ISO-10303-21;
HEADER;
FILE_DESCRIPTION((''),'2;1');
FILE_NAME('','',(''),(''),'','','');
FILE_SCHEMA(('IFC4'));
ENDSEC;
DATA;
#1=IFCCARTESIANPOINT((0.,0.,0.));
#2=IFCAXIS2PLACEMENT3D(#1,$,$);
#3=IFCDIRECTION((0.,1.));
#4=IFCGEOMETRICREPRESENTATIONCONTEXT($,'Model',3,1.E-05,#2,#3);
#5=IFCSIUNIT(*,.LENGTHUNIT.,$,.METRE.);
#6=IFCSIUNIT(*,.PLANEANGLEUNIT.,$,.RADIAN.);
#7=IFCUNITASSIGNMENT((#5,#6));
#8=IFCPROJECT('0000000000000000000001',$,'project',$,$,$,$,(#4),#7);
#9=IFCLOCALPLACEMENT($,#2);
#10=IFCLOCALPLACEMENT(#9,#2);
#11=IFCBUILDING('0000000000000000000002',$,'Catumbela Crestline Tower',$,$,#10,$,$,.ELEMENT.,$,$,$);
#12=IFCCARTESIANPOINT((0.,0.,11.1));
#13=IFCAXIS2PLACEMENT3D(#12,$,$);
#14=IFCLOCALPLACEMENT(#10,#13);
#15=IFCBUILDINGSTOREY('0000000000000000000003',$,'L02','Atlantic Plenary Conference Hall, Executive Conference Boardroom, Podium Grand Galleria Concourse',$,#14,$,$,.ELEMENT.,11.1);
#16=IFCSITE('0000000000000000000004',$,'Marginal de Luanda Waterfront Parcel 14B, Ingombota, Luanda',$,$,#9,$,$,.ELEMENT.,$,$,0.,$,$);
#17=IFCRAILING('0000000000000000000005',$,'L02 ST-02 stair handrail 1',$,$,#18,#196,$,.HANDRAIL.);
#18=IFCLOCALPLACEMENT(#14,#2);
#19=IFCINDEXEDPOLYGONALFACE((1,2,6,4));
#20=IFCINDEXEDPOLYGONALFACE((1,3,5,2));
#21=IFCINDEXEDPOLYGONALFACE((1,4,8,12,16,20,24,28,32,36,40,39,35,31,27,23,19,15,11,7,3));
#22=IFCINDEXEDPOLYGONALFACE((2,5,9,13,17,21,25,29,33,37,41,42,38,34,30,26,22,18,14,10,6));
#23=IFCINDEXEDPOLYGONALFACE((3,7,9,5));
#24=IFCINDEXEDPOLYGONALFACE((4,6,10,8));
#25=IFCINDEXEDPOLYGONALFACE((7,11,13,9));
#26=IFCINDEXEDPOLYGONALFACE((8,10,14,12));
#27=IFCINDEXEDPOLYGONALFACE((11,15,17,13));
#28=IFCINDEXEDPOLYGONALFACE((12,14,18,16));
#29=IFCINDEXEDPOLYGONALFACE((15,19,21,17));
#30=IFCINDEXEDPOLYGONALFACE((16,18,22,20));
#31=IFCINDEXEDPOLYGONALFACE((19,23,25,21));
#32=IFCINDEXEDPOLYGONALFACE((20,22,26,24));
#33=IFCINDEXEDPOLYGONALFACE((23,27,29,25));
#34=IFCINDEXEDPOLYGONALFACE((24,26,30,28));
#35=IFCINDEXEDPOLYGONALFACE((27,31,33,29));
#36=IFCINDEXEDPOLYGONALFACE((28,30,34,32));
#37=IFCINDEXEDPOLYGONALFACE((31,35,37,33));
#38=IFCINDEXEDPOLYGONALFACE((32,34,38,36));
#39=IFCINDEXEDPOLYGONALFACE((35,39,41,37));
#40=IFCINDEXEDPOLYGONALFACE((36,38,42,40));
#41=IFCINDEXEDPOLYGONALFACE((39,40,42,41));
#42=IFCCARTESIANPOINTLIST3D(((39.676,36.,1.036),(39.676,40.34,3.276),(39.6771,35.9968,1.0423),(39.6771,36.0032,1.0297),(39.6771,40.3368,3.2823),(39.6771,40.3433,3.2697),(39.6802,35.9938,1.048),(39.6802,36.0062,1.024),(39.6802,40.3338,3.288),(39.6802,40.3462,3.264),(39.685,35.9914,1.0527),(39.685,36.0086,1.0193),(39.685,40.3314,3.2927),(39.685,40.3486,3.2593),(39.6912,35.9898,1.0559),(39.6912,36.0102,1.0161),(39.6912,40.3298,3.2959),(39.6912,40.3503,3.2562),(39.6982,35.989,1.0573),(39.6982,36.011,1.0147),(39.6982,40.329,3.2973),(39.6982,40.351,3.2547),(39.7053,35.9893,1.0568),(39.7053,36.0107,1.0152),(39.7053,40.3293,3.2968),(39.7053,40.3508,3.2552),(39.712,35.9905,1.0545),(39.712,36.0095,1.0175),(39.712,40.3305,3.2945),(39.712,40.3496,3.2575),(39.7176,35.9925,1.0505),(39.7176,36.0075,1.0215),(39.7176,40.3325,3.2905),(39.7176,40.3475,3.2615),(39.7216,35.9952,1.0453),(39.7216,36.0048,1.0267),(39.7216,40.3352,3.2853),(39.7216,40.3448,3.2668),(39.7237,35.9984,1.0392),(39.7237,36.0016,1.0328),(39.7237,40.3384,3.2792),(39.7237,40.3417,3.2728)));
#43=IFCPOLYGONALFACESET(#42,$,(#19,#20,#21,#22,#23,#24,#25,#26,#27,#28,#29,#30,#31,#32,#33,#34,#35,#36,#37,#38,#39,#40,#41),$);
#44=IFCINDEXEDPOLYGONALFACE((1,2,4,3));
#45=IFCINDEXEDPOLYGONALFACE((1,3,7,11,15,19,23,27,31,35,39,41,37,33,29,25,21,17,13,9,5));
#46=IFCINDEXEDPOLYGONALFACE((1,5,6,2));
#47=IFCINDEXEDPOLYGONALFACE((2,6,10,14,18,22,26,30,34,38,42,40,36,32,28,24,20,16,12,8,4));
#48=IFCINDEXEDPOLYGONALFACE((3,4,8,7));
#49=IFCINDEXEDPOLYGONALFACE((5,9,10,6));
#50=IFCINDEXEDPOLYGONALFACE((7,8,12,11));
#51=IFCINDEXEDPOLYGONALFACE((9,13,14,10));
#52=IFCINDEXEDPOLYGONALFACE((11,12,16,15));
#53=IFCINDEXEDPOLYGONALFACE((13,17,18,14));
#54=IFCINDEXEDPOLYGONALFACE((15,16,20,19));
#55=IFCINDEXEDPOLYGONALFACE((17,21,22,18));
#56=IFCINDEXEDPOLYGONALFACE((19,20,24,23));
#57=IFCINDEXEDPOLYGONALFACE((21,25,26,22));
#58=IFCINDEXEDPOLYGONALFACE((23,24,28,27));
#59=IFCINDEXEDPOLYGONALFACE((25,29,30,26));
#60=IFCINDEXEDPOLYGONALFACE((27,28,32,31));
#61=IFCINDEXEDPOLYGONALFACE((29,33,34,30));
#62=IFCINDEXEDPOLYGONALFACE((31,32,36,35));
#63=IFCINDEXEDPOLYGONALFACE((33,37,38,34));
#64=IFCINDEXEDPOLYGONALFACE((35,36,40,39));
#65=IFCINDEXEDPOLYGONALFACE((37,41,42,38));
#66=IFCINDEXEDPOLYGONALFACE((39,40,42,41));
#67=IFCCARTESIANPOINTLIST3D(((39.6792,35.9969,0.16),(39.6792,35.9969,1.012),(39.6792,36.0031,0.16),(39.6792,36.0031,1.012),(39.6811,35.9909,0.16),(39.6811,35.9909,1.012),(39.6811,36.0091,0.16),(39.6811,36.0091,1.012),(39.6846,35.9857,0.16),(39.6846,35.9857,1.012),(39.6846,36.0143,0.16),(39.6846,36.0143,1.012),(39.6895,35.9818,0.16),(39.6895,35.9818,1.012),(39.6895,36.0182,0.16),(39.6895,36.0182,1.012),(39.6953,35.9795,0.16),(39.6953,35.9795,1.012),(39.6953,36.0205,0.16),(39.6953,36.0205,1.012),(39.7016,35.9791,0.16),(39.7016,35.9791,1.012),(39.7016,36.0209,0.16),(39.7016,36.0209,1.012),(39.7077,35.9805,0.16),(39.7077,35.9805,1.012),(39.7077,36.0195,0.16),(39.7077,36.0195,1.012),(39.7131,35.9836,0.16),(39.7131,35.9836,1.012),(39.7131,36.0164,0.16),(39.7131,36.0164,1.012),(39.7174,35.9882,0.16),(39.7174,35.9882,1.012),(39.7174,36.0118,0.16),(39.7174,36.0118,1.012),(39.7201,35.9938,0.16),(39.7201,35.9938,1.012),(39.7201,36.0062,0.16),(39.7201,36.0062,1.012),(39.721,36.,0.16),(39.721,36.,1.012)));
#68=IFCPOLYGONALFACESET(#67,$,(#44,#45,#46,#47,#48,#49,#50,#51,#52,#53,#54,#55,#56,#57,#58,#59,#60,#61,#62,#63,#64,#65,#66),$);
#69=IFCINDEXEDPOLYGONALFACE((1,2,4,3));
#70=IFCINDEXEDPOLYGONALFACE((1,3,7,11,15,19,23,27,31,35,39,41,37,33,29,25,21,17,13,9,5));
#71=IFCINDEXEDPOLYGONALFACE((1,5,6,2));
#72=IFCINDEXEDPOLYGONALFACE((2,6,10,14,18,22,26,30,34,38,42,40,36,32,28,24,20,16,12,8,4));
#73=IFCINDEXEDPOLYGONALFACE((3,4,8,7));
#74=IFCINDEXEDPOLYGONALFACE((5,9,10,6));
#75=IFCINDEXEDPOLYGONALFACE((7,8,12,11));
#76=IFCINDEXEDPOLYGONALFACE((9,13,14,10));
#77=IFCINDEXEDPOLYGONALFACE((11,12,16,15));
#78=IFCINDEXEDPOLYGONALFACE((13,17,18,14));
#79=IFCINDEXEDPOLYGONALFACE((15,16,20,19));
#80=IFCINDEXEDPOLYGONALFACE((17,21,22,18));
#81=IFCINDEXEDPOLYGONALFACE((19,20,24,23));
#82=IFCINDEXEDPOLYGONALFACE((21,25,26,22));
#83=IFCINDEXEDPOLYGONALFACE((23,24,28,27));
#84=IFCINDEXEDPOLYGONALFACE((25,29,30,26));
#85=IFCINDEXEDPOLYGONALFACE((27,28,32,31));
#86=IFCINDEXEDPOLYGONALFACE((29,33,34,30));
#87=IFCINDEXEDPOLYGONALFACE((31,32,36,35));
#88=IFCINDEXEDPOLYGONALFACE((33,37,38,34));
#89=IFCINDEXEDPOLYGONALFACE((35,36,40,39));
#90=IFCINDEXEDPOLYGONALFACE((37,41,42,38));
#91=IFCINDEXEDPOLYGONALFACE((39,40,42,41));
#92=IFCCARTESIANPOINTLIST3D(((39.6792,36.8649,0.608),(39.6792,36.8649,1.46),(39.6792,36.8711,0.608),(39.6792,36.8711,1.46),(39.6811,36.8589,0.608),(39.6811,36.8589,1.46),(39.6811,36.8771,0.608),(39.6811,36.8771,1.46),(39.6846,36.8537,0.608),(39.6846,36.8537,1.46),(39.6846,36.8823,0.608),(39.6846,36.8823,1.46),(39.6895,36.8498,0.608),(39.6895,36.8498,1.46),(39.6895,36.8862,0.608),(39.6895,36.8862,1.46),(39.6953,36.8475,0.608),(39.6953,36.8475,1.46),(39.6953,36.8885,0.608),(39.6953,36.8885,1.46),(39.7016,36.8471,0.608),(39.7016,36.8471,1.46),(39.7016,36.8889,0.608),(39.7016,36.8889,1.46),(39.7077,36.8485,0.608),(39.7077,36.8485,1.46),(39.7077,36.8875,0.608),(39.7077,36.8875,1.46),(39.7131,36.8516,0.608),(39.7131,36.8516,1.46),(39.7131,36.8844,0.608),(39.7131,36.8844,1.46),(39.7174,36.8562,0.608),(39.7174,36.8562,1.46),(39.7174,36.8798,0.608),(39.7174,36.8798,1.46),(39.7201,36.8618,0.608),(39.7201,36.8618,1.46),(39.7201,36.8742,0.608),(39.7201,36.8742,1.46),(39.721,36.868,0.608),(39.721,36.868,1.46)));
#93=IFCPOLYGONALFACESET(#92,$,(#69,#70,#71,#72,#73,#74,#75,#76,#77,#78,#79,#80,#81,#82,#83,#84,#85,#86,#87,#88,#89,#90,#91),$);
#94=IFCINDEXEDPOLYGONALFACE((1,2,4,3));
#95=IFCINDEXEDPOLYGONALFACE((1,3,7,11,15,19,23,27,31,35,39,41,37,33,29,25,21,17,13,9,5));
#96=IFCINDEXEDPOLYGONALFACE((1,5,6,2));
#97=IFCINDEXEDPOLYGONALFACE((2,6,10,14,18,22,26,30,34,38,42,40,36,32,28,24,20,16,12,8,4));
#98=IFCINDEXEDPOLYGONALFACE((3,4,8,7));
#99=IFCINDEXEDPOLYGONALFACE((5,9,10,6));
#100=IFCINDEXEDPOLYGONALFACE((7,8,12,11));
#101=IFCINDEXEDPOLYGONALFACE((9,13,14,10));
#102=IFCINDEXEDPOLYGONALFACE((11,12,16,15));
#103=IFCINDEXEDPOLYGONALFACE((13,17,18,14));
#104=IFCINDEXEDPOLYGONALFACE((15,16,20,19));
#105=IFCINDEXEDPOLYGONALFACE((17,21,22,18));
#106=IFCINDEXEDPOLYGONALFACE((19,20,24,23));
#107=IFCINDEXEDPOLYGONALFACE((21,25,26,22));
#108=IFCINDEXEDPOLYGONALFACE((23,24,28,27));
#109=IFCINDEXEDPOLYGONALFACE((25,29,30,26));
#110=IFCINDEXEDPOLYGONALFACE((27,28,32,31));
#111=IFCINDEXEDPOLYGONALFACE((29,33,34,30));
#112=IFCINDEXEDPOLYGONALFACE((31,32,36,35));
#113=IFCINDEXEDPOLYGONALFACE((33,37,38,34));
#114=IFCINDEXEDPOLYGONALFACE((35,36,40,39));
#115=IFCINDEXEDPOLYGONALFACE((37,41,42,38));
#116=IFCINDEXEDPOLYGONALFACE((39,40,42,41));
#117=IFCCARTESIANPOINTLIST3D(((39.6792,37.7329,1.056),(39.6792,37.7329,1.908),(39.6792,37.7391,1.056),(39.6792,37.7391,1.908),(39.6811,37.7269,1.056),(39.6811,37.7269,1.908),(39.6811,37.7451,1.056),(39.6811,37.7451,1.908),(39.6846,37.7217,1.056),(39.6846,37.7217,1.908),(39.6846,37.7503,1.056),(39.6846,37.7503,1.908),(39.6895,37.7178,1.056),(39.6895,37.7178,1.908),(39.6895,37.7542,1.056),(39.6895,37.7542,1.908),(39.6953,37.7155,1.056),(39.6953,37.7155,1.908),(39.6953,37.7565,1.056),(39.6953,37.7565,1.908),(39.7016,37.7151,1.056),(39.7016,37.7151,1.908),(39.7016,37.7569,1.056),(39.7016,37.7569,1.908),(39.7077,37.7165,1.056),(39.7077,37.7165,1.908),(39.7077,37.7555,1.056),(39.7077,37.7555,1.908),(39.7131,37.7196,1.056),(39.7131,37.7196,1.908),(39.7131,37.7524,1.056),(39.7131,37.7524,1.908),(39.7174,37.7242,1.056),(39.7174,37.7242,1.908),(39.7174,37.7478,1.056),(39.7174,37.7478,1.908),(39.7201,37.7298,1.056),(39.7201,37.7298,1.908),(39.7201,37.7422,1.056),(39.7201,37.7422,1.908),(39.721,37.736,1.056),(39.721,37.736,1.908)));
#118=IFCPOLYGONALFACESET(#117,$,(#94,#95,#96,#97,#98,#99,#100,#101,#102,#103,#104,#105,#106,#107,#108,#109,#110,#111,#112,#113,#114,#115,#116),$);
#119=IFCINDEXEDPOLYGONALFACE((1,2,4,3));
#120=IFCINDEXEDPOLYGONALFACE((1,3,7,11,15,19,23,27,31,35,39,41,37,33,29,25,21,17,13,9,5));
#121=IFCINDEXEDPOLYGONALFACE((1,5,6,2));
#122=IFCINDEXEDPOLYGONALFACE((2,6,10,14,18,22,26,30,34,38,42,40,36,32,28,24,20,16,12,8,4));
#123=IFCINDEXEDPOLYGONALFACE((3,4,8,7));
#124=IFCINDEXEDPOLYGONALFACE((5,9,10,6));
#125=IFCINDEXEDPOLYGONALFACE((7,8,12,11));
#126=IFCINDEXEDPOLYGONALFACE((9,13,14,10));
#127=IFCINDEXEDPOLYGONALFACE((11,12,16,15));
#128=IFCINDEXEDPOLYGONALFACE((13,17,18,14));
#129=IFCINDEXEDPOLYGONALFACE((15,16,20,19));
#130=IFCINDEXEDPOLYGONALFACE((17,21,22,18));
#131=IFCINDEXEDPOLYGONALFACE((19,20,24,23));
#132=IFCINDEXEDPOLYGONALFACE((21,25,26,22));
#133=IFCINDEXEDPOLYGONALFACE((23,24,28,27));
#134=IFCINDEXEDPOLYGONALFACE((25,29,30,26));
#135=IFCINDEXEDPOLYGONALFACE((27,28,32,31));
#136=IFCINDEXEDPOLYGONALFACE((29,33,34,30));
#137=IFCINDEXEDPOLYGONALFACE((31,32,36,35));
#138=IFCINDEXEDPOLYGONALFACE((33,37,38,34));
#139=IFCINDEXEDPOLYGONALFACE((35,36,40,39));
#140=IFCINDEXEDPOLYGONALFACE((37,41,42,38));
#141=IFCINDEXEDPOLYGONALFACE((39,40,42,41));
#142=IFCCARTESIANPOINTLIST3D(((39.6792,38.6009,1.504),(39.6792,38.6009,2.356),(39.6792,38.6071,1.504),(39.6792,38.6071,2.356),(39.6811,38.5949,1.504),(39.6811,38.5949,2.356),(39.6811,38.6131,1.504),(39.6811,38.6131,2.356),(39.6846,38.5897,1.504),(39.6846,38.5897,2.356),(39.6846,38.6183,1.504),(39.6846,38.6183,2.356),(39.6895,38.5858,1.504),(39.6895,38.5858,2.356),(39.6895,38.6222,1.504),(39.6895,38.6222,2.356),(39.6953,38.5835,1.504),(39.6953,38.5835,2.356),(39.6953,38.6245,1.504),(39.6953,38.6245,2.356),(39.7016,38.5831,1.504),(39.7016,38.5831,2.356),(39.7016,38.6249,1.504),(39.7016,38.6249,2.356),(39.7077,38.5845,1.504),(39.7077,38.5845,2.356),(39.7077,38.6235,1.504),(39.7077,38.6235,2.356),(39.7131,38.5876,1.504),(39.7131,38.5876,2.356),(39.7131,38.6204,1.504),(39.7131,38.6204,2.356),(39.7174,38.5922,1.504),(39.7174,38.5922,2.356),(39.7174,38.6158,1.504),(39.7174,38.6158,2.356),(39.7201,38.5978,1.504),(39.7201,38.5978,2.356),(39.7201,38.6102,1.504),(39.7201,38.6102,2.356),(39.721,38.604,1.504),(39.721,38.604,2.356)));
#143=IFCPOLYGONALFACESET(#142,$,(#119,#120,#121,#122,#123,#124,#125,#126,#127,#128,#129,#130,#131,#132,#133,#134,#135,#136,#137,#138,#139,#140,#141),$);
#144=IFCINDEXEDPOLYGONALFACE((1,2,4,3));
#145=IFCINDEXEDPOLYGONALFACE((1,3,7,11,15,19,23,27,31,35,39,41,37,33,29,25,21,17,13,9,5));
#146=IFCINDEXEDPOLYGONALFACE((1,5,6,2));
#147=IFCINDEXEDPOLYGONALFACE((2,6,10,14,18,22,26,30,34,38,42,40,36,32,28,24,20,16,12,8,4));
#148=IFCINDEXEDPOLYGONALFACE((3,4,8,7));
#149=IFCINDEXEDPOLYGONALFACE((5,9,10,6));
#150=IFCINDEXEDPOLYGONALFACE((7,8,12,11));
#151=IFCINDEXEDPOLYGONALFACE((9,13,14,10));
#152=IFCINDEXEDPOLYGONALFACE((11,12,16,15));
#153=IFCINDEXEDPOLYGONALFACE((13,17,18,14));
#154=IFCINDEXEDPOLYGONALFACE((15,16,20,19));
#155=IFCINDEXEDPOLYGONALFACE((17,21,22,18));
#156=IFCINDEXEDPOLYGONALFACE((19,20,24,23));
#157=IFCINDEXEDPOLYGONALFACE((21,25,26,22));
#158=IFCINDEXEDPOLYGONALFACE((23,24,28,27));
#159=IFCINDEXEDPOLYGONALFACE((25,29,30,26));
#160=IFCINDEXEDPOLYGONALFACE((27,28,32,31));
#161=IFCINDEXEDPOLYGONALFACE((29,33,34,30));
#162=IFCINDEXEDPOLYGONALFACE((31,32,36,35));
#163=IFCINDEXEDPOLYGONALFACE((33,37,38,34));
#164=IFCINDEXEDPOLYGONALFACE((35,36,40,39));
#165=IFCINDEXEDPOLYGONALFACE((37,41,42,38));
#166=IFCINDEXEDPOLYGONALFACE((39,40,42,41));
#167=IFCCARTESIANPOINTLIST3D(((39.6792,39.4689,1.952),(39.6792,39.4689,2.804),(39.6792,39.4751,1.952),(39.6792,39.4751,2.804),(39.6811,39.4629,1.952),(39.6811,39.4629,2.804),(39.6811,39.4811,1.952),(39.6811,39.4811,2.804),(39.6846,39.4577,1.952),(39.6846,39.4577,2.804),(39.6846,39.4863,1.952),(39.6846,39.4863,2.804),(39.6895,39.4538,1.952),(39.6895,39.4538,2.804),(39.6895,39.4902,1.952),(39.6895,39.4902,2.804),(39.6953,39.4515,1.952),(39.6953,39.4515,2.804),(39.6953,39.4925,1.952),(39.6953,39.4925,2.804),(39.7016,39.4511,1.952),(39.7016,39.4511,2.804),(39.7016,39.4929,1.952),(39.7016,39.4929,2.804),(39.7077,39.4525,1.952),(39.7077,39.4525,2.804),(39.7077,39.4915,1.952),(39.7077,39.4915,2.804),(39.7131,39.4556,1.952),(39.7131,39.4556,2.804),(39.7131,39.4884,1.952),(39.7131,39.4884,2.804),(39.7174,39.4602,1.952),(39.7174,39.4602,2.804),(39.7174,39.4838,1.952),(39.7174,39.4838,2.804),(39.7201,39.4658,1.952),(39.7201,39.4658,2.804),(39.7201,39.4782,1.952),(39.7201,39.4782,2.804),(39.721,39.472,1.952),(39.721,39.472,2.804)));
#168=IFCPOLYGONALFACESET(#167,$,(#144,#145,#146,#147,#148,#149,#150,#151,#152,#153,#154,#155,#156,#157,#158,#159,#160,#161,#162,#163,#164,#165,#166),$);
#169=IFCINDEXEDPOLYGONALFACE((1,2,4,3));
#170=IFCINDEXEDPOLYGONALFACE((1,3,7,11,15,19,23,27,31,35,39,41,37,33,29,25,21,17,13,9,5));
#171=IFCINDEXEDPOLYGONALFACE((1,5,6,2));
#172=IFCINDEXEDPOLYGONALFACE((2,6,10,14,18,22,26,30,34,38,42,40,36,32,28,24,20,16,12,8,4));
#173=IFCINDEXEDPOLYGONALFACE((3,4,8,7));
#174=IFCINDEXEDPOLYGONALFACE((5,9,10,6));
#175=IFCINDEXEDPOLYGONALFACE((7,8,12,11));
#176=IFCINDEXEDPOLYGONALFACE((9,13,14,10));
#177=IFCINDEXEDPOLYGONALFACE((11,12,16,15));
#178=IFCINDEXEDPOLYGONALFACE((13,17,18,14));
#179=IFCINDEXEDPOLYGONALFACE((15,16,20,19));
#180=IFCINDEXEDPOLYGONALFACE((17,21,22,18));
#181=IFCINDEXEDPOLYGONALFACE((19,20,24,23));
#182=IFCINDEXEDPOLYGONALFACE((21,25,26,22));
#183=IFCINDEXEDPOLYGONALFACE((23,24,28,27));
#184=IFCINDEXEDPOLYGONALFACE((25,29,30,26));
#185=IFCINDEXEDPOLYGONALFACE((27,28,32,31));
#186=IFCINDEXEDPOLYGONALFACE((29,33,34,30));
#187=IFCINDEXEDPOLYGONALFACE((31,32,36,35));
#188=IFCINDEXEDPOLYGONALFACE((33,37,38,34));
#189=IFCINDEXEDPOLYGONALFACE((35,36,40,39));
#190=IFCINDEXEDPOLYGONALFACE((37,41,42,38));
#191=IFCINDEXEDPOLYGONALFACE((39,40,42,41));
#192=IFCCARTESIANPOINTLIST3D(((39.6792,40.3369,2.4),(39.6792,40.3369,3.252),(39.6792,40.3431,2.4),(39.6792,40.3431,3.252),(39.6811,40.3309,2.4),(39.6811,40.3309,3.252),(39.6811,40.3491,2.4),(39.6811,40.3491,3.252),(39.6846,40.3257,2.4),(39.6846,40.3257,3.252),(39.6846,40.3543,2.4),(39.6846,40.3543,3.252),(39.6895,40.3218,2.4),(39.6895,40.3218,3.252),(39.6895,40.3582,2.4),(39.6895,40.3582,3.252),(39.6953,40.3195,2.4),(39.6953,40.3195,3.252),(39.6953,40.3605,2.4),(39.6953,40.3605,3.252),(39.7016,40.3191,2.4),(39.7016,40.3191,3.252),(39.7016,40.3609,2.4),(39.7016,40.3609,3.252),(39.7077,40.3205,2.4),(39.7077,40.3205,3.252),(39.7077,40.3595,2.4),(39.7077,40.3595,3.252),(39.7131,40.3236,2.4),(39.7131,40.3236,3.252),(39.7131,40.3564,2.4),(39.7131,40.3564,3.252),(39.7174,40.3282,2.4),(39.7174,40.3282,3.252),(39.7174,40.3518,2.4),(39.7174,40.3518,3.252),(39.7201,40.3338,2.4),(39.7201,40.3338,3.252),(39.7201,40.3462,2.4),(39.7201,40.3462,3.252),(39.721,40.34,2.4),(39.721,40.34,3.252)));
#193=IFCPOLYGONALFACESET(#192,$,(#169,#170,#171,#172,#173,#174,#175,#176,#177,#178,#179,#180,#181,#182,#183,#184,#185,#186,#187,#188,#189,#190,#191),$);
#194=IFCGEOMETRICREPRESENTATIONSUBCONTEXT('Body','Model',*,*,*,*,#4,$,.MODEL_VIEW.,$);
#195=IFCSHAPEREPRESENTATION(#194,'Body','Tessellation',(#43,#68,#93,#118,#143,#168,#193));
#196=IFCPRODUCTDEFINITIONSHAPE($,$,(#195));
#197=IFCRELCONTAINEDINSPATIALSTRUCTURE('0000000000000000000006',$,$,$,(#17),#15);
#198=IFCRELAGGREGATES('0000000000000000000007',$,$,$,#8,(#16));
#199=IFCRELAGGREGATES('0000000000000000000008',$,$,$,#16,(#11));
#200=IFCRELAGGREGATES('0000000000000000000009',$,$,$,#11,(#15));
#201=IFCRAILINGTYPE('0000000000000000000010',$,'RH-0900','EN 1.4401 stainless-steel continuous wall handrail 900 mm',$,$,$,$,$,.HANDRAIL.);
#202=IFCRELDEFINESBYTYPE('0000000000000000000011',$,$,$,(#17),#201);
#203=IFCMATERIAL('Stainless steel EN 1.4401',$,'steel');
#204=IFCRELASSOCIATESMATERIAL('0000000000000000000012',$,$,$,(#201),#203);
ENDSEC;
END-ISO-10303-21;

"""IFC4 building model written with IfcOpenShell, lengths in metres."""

from ifc_helpers import new_model, si_unit, direction, frame, origin, origin_2d, place, context, subcontext, project, spatial, circle, extrude, material, type_object, element, save


model = new_model("IFC4")

# Units and contexts
model_context = context("Model", 3, precision=1e-05, world=origin(), true_north=direction((0.0, 1.0)))
body_context = subcontext(model_context, "Body", "Model", "MODEL_VIEW")
ifc_project = project(units=[si_unit("LENGTHUNIT", "METRE"), si_unit("PLANEANGLEUNIT", "RADIAN")], contexts=[model_context])

# Site, building, storey
site_placement = place(None, origin())
site = spatial("IfcSite", under=ifc_project, at=site_placement, Name="Marginal de Luanda Waterfront Parcel 14B, Ingombota, Luanda", CompositionType="ELEMENT", RefElevation=0.0)
building_placement = place(site_placement, origin())
building = spatial("IfcBuilding", under=site, at=building_placement, Name="Catumbela Crestline Tower", CompositionType="ELEMENT")
storey_placement = place(building_placement, frame((0.0, 0.0, 11.1)))
storey = spatial("IfcBuildingStorey", under=building, at=storey_placement, Name="L02", Description="Atlantic Plenary Conference Hall, Executive Conference Boardroom, Podium Grand Galleria Concourse", CompositionType="ELEMENT", Elevation=11.1)

# Shared definitions
ifc_material_1 = material(Name="Stainless steel EN 1.4401", Category="steel")

# Railing
railing_type_1 = type_object("IfcRailingType", Name="RH-0900", Description="EN 1.4401 stainless-steel continuous wall handrail 900 mm", PredefinedType="HANDRAIL", material=ifc_material_1)
railing_1_placement = place(storey_placement, frame((39.7, 36.0, 0.16)))
element("IfcRailing", 1, at=railing_1_placement, inside=storey, type_object=railing_type_1, Name="L02 ST-02 stair handrail 1", PredefinedType="HANDRAIL", context=body_context, shape_type="SweptSolid", body=[
    extrude(circle(Radius=0.024, at=origin_2d()), frame((0.0, 0.0, 0.876), z_axis=(0.0, 0.888621, 0.458643), x_axis=(-1.0, 0.0, 0.0)), (0.0, 0.0, 1.0), 4.884),
    extrude(circle(Radius=0.021, at=origin_2d()), origin(), (0.0, 0.0, 1.0), 0.852),
    extrude(circle(Radius=0.021, at=origin_2d()), frame((0.0, 0.868, 0.448)), (0.0, 0.0, 1.0), 0.852),
    extrude(circle(Radius=0.021, at=origin_2d()), frame((0.0, 1.736, 0.896)), (0.0, 0.0, 1.0), 0.852),
    extrude(circle(Radius=0.021, at=origin_2d()), frame((0.0, 2.604, 1.344)), (0.0, 0.0, 1.0), 0.852),
    extrude(circle(Radius=0.021, at=origin_2d()), frame((0.0, 3.472, 1.792)), (0.0, 0.0, 1.0), 0.852),
    extrude(circle(Radius=0.021, at=origin_2d()), frame((0.0, 4.34, 2.24)), (0.0, 0.0, 1.0), 0.852),
])

save(model, "model.ifc")
